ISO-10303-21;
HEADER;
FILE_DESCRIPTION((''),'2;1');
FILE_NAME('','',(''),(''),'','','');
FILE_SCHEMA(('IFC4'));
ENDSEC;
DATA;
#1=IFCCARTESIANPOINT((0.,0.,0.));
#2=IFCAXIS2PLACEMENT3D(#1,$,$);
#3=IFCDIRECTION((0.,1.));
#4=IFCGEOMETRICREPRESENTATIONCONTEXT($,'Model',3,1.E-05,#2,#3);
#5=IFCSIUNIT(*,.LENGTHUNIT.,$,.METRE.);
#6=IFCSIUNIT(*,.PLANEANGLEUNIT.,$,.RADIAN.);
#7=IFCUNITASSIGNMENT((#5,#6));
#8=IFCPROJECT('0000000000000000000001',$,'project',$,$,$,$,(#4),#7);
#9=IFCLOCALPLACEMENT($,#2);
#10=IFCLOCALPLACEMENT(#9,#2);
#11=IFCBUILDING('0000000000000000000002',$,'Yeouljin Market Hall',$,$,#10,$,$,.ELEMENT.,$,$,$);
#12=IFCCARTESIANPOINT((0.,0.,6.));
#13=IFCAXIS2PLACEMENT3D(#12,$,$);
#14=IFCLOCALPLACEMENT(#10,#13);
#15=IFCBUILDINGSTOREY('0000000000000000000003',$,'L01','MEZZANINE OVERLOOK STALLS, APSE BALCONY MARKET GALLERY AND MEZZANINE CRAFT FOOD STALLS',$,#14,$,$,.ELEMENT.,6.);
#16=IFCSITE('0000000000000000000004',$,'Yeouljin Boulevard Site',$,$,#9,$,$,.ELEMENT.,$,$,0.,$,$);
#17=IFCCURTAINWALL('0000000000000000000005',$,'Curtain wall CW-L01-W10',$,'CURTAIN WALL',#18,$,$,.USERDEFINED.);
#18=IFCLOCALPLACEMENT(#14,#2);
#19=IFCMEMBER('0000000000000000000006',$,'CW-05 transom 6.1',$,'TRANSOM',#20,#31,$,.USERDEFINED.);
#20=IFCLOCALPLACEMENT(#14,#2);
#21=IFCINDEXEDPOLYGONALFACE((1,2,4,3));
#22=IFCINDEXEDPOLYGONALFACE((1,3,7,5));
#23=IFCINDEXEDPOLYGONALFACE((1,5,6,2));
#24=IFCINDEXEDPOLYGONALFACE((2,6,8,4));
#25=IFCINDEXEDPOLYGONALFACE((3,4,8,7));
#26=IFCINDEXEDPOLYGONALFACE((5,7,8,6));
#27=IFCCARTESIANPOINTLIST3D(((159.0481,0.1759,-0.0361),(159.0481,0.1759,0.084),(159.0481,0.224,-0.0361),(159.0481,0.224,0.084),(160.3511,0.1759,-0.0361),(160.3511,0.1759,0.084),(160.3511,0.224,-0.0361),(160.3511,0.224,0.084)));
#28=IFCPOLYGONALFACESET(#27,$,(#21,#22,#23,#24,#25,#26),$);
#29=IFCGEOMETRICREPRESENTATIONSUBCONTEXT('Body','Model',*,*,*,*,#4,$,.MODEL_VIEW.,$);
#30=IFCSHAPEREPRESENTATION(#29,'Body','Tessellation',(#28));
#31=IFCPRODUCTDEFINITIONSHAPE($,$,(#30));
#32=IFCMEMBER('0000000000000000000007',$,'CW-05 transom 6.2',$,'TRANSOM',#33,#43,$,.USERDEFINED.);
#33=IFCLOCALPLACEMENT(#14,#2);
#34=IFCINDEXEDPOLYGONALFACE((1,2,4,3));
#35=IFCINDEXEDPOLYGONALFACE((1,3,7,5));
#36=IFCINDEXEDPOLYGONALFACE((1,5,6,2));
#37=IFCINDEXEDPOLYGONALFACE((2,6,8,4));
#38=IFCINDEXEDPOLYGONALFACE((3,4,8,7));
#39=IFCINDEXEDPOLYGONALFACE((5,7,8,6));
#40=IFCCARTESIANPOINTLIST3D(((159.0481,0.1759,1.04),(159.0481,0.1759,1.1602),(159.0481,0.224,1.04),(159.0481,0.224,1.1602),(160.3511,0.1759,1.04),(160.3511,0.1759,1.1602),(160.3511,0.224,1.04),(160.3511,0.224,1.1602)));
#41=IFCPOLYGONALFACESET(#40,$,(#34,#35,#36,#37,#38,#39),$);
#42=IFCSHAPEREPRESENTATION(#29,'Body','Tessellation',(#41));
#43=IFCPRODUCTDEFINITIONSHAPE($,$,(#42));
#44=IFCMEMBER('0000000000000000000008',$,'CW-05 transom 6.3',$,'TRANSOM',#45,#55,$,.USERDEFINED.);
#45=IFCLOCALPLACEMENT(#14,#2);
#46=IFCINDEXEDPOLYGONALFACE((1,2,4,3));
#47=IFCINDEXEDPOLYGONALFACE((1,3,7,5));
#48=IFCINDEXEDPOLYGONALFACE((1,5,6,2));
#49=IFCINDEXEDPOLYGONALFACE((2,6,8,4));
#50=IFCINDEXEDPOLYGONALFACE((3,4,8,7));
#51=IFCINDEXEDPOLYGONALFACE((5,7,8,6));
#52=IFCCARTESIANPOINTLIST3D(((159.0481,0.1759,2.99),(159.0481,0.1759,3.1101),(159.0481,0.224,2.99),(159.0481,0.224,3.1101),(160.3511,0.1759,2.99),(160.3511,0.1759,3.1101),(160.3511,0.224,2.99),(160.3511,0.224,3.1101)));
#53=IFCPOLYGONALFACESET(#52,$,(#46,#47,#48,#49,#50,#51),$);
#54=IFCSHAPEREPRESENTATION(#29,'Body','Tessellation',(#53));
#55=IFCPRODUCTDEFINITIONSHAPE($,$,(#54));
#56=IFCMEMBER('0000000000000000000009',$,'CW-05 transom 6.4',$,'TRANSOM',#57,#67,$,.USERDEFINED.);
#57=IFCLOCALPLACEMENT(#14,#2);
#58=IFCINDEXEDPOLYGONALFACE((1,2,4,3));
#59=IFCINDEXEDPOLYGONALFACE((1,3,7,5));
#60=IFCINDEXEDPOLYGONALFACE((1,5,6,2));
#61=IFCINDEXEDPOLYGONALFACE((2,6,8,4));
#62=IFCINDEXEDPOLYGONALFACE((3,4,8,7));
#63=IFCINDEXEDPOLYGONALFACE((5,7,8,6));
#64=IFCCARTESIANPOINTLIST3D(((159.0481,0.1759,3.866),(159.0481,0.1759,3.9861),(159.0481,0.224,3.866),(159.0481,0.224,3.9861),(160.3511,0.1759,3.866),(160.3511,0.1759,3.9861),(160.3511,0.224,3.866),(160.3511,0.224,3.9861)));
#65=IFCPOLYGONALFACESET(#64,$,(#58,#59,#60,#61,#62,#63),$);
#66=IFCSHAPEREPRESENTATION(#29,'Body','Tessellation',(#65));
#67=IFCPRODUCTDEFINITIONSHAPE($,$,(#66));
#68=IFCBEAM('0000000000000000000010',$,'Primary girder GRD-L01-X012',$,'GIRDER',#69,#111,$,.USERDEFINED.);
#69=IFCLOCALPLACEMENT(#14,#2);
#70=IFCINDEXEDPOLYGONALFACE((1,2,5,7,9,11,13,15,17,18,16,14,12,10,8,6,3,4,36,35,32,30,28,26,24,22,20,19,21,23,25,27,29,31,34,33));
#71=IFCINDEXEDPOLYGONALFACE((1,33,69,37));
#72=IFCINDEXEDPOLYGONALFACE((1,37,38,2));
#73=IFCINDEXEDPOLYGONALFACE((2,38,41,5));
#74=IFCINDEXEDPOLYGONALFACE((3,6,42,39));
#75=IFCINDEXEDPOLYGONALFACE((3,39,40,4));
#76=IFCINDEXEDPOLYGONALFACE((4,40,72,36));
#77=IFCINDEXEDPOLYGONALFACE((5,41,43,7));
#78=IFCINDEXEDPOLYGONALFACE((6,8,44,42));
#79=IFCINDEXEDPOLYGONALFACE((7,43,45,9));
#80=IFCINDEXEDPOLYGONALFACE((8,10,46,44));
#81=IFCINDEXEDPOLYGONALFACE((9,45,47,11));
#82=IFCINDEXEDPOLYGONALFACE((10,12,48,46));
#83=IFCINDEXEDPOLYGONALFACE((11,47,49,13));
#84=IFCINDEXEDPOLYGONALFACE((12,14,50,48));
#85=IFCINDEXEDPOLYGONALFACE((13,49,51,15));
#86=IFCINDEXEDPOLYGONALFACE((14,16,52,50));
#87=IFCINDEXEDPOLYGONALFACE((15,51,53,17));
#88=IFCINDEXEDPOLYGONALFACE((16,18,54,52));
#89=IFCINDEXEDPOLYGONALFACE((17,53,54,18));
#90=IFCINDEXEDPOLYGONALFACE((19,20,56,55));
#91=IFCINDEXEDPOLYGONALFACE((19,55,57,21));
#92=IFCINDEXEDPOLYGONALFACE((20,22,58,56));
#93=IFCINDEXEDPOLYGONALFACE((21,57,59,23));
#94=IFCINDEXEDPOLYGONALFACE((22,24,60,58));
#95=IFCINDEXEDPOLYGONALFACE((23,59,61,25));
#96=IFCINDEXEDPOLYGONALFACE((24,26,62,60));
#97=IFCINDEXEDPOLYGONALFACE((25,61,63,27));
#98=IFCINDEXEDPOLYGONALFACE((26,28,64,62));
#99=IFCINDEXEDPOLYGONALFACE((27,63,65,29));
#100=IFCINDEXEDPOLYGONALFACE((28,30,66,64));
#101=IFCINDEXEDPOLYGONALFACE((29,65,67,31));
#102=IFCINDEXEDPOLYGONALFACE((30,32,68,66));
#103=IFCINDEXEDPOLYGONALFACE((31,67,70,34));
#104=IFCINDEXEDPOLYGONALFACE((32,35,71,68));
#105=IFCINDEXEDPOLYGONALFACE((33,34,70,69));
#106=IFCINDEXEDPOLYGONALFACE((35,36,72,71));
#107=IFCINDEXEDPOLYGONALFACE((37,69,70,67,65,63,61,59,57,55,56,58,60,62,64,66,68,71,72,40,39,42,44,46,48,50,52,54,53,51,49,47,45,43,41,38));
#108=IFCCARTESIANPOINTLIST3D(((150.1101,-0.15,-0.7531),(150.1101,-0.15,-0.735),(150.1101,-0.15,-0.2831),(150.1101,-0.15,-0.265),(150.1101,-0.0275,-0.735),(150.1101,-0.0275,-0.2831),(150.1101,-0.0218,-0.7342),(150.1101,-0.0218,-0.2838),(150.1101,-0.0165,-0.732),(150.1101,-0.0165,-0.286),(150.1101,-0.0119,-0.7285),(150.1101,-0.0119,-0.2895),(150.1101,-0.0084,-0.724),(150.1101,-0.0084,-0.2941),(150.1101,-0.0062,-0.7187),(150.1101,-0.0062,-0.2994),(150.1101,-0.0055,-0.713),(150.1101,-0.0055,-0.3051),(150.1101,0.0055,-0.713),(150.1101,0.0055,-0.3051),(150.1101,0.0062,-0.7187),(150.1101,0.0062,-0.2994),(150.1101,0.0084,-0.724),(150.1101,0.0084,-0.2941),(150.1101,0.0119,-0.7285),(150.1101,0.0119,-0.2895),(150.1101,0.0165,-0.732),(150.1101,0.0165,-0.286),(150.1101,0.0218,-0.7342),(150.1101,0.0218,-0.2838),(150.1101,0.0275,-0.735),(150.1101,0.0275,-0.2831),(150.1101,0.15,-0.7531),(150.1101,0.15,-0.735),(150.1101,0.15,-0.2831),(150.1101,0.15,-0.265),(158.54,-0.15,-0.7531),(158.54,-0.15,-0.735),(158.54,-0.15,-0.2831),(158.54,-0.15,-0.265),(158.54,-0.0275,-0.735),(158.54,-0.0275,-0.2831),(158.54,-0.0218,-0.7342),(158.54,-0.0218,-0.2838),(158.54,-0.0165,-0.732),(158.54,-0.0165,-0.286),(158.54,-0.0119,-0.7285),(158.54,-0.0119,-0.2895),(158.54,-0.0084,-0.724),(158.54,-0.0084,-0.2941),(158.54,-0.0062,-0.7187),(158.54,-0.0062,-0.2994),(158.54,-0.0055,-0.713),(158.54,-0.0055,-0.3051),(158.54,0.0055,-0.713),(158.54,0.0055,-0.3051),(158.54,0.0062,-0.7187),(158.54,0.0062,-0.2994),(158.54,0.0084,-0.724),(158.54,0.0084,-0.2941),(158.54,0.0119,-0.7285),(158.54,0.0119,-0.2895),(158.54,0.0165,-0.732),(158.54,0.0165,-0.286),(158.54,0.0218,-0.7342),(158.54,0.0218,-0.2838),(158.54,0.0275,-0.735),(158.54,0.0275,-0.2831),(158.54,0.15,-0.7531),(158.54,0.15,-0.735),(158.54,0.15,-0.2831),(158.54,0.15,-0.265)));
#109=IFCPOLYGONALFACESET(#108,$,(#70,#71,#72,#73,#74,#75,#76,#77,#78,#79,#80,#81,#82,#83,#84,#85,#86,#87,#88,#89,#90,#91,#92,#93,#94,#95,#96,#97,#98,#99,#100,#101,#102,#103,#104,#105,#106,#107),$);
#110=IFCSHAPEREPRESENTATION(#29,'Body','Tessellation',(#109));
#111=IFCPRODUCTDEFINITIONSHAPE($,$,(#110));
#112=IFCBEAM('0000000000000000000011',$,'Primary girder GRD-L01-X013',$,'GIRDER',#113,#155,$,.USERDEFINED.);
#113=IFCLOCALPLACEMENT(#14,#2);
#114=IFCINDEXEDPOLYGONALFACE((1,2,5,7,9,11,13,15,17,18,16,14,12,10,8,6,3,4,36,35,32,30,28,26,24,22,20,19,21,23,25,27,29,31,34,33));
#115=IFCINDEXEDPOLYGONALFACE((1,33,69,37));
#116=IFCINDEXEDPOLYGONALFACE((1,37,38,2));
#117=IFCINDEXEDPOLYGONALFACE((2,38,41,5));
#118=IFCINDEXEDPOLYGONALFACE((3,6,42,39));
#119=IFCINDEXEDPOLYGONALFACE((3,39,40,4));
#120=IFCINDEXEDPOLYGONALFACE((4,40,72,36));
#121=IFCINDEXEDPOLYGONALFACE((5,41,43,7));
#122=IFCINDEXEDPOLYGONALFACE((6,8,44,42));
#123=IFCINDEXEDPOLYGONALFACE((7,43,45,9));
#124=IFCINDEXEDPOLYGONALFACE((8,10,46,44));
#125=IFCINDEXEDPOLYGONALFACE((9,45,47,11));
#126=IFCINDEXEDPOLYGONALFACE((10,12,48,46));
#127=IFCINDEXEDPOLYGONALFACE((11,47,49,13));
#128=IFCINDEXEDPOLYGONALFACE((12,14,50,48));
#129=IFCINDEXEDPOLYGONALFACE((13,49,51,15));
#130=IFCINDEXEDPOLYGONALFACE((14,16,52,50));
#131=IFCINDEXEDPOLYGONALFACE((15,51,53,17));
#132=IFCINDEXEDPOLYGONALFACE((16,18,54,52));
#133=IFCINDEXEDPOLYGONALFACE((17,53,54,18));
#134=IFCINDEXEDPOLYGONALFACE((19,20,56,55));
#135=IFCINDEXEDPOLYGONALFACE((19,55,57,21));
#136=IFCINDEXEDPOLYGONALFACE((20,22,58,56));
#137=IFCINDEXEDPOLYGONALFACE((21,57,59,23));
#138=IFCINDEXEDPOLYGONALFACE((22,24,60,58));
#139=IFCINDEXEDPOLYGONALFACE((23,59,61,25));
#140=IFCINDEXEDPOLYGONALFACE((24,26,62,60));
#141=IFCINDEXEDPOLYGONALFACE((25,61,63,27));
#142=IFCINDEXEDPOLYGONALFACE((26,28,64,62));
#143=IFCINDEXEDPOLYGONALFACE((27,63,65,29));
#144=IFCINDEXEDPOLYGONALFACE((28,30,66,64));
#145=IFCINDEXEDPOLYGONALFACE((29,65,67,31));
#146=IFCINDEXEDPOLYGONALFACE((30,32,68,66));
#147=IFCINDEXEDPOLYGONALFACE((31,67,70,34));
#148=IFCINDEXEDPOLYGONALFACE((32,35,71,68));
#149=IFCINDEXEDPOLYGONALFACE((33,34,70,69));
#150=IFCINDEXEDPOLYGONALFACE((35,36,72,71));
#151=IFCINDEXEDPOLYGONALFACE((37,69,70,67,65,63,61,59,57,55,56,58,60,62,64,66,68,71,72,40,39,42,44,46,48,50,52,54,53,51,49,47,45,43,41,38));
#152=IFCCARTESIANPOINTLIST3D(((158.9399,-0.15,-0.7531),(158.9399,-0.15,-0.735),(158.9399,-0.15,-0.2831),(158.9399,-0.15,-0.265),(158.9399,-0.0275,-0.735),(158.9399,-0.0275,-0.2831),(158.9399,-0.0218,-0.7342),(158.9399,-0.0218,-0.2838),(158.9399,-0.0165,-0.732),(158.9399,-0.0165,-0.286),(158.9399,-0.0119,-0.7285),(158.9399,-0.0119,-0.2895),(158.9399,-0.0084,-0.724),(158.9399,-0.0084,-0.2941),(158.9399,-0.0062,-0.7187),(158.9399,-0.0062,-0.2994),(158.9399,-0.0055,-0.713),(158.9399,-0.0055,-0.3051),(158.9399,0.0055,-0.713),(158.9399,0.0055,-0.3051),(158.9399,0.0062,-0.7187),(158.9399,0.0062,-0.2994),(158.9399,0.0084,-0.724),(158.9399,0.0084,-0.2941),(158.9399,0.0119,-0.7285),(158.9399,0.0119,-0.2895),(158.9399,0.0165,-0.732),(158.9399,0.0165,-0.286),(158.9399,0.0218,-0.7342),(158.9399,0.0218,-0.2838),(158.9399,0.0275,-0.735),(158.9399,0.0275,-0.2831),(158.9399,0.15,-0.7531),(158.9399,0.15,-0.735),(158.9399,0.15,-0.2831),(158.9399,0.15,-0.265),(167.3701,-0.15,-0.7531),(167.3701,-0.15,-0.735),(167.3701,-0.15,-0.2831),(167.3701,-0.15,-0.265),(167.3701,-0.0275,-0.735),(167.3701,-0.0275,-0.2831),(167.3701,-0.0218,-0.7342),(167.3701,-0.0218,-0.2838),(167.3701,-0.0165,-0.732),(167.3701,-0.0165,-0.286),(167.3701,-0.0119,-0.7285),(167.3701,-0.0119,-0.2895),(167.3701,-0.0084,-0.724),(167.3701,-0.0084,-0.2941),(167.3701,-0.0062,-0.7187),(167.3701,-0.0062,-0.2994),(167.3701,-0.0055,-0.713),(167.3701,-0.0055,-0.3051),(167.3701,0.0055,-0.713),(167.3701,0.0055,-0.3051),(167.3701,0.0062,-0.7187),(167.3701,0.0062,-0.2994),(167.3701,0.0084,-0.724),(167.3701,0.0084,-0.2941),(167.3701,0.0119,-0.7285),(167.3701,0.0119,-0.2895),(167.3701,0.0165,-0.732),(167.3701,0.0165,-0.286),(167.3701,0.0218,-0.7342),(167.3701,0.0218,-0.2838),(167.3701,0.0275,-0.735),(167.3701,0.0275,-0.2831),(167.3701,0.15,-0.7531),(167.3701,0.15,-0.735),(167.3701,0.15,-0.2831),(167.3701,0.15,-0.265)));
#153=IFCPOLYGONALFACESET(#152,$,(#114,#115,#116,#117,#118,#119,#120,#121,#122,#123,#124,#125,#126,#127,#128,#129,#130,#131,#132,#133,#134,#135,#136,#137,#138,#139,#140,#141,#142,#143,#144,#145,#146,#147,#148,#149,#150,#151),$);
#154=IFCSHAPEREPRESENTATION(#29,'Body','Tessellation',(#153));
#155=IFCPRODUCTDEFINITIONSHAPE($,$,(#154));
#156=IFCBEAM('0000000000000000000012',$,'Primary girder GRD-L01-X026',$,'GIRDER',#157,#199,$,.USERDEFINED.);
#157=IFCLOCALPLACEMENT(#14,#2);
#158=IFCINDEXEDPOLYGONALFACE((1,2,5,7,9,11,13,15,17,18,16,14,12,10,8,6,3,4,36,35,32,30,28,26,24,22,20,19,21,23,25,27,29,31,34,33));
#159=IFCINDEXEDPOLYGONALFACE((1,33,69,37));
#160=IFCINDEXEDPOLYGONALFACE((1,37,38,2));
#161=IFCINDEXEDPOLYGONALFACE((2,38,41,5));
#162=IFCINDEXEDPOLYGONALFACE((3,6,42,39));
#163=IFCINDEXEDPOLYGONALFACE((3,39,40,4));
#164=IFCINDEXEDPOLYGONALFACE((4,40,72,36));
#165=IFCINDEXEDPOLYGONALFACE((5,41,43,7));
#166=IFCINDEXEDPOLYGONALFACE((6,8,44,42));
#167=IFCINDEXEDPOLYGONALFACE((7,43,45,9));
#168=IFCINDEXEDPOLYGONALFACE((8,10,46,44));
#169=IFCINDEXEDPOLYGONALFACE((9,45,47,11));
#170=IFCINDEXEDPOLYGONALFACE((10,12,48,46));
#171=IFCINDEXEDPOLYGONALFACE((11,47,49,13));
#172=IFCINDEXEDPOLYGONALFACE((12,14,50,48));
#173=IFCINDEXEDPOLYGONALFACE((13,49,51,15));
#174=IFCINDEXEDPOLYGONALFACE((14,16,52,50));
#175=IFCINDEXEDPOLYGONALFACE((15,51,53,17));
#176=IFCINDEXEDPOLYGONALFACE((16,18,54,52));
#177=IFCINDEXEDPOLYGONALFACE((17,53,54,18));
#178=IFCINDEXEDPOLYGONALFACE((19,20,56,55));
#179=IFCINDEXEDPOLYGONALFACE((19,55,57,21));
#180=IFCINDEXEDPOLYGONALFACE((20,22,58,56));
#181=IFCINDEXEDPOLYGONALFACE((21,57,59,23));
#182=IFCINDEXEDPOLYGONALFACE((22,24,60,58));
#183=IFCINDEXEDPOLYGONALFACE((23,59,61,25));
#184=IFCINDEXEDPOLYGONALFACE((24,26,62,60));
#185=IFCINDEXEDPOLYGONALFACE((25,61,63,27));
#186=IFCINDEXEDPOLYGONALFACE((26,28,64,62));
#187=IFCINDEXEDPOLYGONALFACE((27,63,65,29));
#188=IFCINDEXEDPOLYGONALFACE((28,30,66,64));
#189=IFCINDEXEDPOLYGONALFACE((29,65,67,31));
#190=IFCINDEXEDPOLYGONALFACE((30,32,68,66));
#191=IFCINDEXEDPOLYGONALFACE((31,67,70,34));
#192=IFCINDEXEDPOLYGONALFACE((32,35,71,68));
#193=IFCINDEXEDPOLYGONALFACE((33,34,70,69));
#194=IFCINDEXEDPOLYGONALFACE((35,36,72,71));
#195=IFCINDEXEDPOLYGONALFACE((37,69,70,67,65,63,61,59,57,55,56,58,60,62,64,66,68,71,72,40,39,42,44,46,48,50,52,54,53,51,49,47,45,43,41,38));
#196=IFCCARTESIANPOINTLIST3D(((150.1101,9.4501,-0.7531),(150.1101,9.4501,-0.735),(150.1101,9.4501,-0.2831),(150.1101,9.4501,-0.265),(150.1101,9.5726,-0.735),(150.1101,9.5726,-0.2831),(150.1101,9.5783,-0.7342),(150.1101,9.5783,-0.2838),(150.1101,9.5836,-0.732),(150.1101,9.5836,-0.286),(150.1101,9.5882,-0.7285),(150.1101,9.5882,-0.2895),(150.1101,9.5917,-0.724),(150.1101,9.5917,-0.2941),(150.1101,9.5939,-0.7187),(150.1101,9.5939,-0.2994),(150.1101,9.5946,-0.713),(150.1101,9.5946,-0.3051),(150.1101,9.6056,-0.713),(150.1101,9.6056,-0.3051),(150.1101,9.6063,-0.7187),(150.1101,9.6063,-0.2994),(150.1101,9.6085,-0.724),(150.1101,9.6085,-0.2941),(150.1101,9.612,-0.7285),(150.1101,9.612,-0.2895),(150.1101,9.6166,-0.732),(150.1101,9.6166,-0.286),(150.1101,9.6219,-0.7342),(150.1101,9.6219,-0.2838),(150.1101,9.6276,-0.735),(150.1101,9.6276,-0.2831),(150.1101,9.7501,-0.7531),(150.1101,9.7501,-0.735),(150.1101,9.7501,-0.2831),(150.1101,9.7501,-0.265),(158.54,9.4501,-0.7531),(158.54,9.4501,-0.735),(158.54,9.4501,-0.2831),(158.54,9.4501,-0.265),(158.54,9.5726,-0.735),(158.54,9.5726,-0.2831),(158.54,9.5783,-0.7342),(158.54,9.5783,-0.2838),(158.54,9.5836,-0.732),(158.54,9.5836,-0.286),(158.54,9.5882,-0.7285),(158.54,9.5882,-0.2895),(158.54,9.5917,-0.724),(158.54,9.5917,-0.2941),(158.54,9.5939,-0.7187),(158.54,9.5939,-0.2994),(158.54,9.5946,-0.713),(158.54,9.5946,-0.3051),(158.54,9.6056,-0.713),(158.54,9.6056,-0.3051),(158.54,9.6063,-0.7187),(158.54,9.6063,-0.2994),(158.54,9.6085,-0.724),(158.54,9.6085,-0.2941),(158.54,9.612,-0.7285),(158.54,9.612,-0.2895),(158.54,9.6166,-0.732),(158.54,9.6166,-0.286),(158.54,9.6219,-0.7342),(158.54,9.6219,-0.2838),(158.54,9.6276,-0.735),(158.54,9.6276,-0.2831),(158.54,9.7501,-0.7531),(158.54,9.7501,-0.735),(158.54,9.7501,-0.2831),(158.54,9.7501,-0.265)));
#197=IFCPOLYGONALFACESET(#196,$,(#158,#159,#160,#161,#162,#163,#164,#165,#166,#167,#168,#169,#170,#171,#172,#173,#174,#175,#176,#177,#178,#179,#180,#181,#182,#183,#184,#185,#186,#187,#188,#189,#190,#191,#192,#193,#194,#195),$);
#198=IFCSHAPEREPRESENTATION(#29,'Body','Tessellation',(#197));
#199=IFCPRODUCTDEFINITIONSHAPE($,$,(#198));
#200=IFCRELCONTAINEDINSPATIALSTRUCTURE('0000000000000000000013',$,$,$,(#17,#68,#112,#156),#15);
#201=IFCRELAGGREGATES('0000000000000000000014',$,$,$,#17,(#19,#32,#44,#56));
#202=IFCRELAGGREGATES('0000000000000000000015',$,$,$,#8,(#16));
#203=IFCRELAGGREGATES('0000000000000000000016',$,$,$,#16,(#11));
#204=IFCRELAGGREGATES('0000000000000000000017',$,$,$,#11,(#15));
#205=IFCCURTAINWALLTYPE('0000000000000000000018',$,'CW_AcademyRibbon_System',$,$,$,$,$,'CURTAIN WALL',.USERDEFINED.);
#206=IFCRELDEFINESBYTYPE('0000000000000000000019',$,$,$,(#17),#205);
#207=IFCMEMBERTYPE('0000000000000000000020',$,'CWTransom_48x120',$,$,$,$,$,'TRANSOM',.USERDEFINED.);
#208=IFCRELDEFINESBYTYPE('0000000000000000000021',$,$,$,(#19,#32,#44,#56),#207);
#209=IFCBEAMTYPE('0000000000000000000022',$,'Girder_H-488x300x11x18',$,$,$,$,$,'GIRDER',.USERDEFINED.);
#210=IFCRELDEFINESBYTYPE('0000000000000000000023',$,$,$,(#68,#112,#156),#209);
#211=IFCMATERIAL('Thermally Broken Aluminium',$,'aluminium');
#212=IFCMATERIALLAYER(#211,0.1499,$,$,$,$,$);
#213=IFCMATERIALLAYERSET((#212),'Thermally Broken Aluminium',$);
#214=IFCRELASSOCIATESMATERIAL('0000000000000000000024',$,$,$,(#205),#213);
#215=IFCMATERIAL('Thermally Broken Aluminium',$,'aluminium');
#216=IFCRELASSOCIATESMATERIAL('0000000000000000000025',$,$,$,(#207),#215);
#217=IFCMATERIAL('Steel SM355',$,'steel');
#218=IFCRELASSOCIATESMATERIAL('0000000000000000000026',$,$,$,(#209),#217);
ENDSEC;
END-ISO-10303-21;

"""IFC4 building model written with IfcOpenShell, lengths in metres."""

from ifc_helpers import new_model, si_unit, direction, frame, origin, origin_2d, place, context, subcontext, project, spatial, rectangle, i_section, extrude, material, layer, layer_set, material_profile, profile_set, type_object, element, aggregate, save


model = new_model("IFC4")

# Units and contexts
model_context = context("Model", 3, precision=1e-05, world=origin(), true_north=direction((0.0, 1.0)))
body_context = subcontext(model_context, "Body", "Model", "MODEL_VIEW")
ifc_project = project(units=[si_unit("LENGTHUNIT", "METRE"), si_unit("PLANEANGLEUNIT", "RADIAN")], contexts=[model_context])

# Site, building, storey
site_placement = place(None, origin())
site = spatial("IfcSite", under=ifc_project, at=site_placement, Name="Yeouljin Boulevard Site", CompositionType="ELEMENT", RefElevation=0.0)
building_placement = place(site_placement, origin())
building = spatial("IfcBuilding", under=site, at=building_placement, Name="Yeouljin Market Hall", CompositionType="ELEMENT")
storey_placement = place(building_placement, frame((0.0, 0.0, 6.0)))
storey = spatial("IfcBuildingStorey", under=building, at=storey_placement, Name="L01", Description="MEZZANINE OVERLOOK STALLS, APSE BALCONY MARKET GALLERY AND MEZZANINE CRAFT FOOD STALLS", CompositionType="ELEMENT", Elevation=6.0)

# Curtain wall, members
ifc_material_1 = material(Name="Thermally Broken Aluminium", Category="aluminium")
ifc_layer_1 = layer(ifc_material_1, 0.1499)
ifc_layer_set_1 = layer_set([ifc_layer_1], Name="Thermally Broken Aluminium")
curtain_wall_type = type_object("IfcCurtainWallType", Name="CW_AcademyRibbon_System", ElementType="CURTAIN WALL", PredefinedType="USERDEFINED", material=ifc_layer_set_1)
curtain_wall_placement = place(storey_placement, origin())
curtain_wall = element("IfcCurtainWall", 1, at=curtain_wall_placement, inside=storey, type_object=curtain_wall_type, Name="Curtain wall CW-L01-W10", ObjectType="CURTAIN WALL", PredefinedType="USERDEFINED")
ifc_material_2 = material(Name="Thermally Broken Aluminium", Category="aluminium")
ifc_material_profile_1 = material_profile(ifc_material_2, rectangle(XDim=0.0481, YDim=0.1201, at=origin_2d()), Name="CW-TRAN-48x120")
ifc_profile_set_1 = profile_set([ifc_material_profile_1], Name="Thermally Broken Aluminium")
member_type_1 = type_object("IfcMemberType", Name="CWTransom_48x120", ElementType="TRANSOM", PredefinedType="USERDEFINED", material=ifc_profile_set_1)
member_1_placement = place(storey_placement, frame((160.3511, 0.2, 0.0239), z_axis=(-1.0, 0.0, 0.0), x_axis=(0.0, -1.0, 0.0)))
member_1 = element("IfcMember", 2, at=member_1_placement, type_object=member_type_1, Name="CW-05 transom 6.1", ObjectType="TRANSOM", PredefinedType="USERDEFINED", context=body_context, shape_type="SweptSolid", body=[
    extrude(rectangle(XDim=0.0481, YDim=0.1201, at=origin_2d()), origin(), (0.0, 0.0, 1.0), 1.303),
])
member_2_placement = place(storey_placement, frame((160.3511, 0.2, 1.1001), z_axis=(-1.0, 0.0, 0.0), x_axis=(0.0, -1.0, 0.0)))
member_2 = element("IfcMember", 3, at=member_2_placement, type_object=member_type_1, Name="CW-05 transom 6.2", ObjectType="TRANSOM", PredefinedType="USERDEFINED", context=body_context, shape_type="SweptSolid", body=[
    extrude(rectangle(XDim=0.0481, YDim=0.1201, at=origin_2d()), origin(), (0.0, 0.0, 1.0), 1.303),
])
member_3_placement = place(storey_placement, frame((160.3511, 0.2, 3.05), z_axis=(-1.0, 0.0, 0.0), x_axis=(0.0, -1.0, 0.0)))
member_3 = element("IfcMember", 4, at=member_3_placement, type_object=member_type_1, Name="CW-05 transom 6.3", ObjectType="TRANSOM", PredefinedType="USERDEFINED", context=body_context, shape_type="SweptSolid", body=[
    extrude(rectangle(XDim=0.0481, YDim=0.1201, at=origin_2d()), origin(), (0.0, 0.0, 1.0), 1.303),
])
member_4_placement = place(storey_placement, frame((160.3511, 0.2, 3.926), z_axis=(-1.0, 0.0, 0.0), x_axis=(0.0, -1.0, 0.0)))
member_4 = element("IfcMember", 5, at=member_4_placement, type_object=member_type_1, Name="CW-05 transom 6.4", ObjectType="TRANSOM", PredefinedType="USERDEFINED", context=body_context, shape_type="SweptSolid", body=[
    extrude(rectangle(XDim=0.0481, YDim=0.1201, at=origin_2d()), origin(), (0.0, 0.0, 1.0), 1.303),
])

# Beams
ifc_material_3 = material(Name="Steel SM355", Category="steel")
ifc_material_profile_2 = material_profile(ifc_material_3, i_section(OverallWidth=0.3, OverallDepth=0.488, WebThickness=0.011, FlangeThickness=0.0181, FilletRadius=0.022, at=origin_2d()), Name="H-488x300x11x18")
ifc_profile_set_2 = profile_set([ifc_material_profile_2], Name="Steel SM355")
beam_type_1 = type_object("IfcBeamType", Name="Girder_H-488x300x11x18", ElementType="GIRDER", PredefinedType="USERDEFINED", material=ifc_profile_set_2)
beam_1_placement = place(storey_placement, frame((150.1101, 0.0, -0.509), z_axis=(1.0, 0.0, 0.0), x_axis=(0.0, 1.0, 0.0)))
element("IfcBeam", 6, at=beam_1_placement, inside=storey, type_object=beam_type_1, Name="Primary girder GRD-L01-X012", ObjectType="GIRDER", PredefinedType="USERDEFINED", context=body_context, shape_type="SweptSolid", body=[
    extrude(i_section(OverallWidth=0.3, OverallDepth=0.488, WebThickness=0.011, FlangeThickness=0.0181, FilletRadius=0.022, at=origin_2d()), origin(), (0.0, 0.0, 1.0), 8.4299),
])
beam_2_placement = place(storey_placement, frame((158.9399, 0.0, -0.509), z_axis=(1.0, 0.0, 0.0), x_axis=(0.0, 1.0, 0.0)))
element("IfcBeam", 7, at=beam_2_placement, inside=storey, type_object=beam_type_1, Name="Primary girder GRD-L01-X013", ObjectType="GIRDER", PredefinedType="USERDEFINED", context=body_context, shape_type="SweptSolid", body=[
    extrude(i_section(OverallWidth=0.3, OverallDepth=0.488, WebThickness=0.011, FlangeThickness=0.0181, FilletRadius=0.022, at=origin_2d()), origin(), (0.0, 0.0, 1.0), 8.4302),
])
beam_3_placement = place(storey_placement, frame((150.1101, 9.6001, -0.509), z_axis=(1.0, 0.0, 0.0), x_axis=(0.0, 1.0, 0.0)))
element("IfcBeam", 8, at=beam_3_placement, inside=storey, type_object=beam_type_1, Name="Primary girder GRD-L01-X026", ObjectType="GIRDER", PredefinedType="USERDEFINED", context=body_context, shape_type="SweptSolid", body=[
    extrude(i_section(OverallWidth=0.3, OverallDepth=0.488, WebThickness=0.011, FlangeThickness=0.0181, FilletRadius=0.022, at=origin_2d()), origin(), (0.0, 0.0, 1.0), 8.4299),
])

aggregate(curtain_wall, [member_1, member_2, member_3, member_4])

save(model, "model.ifc")
